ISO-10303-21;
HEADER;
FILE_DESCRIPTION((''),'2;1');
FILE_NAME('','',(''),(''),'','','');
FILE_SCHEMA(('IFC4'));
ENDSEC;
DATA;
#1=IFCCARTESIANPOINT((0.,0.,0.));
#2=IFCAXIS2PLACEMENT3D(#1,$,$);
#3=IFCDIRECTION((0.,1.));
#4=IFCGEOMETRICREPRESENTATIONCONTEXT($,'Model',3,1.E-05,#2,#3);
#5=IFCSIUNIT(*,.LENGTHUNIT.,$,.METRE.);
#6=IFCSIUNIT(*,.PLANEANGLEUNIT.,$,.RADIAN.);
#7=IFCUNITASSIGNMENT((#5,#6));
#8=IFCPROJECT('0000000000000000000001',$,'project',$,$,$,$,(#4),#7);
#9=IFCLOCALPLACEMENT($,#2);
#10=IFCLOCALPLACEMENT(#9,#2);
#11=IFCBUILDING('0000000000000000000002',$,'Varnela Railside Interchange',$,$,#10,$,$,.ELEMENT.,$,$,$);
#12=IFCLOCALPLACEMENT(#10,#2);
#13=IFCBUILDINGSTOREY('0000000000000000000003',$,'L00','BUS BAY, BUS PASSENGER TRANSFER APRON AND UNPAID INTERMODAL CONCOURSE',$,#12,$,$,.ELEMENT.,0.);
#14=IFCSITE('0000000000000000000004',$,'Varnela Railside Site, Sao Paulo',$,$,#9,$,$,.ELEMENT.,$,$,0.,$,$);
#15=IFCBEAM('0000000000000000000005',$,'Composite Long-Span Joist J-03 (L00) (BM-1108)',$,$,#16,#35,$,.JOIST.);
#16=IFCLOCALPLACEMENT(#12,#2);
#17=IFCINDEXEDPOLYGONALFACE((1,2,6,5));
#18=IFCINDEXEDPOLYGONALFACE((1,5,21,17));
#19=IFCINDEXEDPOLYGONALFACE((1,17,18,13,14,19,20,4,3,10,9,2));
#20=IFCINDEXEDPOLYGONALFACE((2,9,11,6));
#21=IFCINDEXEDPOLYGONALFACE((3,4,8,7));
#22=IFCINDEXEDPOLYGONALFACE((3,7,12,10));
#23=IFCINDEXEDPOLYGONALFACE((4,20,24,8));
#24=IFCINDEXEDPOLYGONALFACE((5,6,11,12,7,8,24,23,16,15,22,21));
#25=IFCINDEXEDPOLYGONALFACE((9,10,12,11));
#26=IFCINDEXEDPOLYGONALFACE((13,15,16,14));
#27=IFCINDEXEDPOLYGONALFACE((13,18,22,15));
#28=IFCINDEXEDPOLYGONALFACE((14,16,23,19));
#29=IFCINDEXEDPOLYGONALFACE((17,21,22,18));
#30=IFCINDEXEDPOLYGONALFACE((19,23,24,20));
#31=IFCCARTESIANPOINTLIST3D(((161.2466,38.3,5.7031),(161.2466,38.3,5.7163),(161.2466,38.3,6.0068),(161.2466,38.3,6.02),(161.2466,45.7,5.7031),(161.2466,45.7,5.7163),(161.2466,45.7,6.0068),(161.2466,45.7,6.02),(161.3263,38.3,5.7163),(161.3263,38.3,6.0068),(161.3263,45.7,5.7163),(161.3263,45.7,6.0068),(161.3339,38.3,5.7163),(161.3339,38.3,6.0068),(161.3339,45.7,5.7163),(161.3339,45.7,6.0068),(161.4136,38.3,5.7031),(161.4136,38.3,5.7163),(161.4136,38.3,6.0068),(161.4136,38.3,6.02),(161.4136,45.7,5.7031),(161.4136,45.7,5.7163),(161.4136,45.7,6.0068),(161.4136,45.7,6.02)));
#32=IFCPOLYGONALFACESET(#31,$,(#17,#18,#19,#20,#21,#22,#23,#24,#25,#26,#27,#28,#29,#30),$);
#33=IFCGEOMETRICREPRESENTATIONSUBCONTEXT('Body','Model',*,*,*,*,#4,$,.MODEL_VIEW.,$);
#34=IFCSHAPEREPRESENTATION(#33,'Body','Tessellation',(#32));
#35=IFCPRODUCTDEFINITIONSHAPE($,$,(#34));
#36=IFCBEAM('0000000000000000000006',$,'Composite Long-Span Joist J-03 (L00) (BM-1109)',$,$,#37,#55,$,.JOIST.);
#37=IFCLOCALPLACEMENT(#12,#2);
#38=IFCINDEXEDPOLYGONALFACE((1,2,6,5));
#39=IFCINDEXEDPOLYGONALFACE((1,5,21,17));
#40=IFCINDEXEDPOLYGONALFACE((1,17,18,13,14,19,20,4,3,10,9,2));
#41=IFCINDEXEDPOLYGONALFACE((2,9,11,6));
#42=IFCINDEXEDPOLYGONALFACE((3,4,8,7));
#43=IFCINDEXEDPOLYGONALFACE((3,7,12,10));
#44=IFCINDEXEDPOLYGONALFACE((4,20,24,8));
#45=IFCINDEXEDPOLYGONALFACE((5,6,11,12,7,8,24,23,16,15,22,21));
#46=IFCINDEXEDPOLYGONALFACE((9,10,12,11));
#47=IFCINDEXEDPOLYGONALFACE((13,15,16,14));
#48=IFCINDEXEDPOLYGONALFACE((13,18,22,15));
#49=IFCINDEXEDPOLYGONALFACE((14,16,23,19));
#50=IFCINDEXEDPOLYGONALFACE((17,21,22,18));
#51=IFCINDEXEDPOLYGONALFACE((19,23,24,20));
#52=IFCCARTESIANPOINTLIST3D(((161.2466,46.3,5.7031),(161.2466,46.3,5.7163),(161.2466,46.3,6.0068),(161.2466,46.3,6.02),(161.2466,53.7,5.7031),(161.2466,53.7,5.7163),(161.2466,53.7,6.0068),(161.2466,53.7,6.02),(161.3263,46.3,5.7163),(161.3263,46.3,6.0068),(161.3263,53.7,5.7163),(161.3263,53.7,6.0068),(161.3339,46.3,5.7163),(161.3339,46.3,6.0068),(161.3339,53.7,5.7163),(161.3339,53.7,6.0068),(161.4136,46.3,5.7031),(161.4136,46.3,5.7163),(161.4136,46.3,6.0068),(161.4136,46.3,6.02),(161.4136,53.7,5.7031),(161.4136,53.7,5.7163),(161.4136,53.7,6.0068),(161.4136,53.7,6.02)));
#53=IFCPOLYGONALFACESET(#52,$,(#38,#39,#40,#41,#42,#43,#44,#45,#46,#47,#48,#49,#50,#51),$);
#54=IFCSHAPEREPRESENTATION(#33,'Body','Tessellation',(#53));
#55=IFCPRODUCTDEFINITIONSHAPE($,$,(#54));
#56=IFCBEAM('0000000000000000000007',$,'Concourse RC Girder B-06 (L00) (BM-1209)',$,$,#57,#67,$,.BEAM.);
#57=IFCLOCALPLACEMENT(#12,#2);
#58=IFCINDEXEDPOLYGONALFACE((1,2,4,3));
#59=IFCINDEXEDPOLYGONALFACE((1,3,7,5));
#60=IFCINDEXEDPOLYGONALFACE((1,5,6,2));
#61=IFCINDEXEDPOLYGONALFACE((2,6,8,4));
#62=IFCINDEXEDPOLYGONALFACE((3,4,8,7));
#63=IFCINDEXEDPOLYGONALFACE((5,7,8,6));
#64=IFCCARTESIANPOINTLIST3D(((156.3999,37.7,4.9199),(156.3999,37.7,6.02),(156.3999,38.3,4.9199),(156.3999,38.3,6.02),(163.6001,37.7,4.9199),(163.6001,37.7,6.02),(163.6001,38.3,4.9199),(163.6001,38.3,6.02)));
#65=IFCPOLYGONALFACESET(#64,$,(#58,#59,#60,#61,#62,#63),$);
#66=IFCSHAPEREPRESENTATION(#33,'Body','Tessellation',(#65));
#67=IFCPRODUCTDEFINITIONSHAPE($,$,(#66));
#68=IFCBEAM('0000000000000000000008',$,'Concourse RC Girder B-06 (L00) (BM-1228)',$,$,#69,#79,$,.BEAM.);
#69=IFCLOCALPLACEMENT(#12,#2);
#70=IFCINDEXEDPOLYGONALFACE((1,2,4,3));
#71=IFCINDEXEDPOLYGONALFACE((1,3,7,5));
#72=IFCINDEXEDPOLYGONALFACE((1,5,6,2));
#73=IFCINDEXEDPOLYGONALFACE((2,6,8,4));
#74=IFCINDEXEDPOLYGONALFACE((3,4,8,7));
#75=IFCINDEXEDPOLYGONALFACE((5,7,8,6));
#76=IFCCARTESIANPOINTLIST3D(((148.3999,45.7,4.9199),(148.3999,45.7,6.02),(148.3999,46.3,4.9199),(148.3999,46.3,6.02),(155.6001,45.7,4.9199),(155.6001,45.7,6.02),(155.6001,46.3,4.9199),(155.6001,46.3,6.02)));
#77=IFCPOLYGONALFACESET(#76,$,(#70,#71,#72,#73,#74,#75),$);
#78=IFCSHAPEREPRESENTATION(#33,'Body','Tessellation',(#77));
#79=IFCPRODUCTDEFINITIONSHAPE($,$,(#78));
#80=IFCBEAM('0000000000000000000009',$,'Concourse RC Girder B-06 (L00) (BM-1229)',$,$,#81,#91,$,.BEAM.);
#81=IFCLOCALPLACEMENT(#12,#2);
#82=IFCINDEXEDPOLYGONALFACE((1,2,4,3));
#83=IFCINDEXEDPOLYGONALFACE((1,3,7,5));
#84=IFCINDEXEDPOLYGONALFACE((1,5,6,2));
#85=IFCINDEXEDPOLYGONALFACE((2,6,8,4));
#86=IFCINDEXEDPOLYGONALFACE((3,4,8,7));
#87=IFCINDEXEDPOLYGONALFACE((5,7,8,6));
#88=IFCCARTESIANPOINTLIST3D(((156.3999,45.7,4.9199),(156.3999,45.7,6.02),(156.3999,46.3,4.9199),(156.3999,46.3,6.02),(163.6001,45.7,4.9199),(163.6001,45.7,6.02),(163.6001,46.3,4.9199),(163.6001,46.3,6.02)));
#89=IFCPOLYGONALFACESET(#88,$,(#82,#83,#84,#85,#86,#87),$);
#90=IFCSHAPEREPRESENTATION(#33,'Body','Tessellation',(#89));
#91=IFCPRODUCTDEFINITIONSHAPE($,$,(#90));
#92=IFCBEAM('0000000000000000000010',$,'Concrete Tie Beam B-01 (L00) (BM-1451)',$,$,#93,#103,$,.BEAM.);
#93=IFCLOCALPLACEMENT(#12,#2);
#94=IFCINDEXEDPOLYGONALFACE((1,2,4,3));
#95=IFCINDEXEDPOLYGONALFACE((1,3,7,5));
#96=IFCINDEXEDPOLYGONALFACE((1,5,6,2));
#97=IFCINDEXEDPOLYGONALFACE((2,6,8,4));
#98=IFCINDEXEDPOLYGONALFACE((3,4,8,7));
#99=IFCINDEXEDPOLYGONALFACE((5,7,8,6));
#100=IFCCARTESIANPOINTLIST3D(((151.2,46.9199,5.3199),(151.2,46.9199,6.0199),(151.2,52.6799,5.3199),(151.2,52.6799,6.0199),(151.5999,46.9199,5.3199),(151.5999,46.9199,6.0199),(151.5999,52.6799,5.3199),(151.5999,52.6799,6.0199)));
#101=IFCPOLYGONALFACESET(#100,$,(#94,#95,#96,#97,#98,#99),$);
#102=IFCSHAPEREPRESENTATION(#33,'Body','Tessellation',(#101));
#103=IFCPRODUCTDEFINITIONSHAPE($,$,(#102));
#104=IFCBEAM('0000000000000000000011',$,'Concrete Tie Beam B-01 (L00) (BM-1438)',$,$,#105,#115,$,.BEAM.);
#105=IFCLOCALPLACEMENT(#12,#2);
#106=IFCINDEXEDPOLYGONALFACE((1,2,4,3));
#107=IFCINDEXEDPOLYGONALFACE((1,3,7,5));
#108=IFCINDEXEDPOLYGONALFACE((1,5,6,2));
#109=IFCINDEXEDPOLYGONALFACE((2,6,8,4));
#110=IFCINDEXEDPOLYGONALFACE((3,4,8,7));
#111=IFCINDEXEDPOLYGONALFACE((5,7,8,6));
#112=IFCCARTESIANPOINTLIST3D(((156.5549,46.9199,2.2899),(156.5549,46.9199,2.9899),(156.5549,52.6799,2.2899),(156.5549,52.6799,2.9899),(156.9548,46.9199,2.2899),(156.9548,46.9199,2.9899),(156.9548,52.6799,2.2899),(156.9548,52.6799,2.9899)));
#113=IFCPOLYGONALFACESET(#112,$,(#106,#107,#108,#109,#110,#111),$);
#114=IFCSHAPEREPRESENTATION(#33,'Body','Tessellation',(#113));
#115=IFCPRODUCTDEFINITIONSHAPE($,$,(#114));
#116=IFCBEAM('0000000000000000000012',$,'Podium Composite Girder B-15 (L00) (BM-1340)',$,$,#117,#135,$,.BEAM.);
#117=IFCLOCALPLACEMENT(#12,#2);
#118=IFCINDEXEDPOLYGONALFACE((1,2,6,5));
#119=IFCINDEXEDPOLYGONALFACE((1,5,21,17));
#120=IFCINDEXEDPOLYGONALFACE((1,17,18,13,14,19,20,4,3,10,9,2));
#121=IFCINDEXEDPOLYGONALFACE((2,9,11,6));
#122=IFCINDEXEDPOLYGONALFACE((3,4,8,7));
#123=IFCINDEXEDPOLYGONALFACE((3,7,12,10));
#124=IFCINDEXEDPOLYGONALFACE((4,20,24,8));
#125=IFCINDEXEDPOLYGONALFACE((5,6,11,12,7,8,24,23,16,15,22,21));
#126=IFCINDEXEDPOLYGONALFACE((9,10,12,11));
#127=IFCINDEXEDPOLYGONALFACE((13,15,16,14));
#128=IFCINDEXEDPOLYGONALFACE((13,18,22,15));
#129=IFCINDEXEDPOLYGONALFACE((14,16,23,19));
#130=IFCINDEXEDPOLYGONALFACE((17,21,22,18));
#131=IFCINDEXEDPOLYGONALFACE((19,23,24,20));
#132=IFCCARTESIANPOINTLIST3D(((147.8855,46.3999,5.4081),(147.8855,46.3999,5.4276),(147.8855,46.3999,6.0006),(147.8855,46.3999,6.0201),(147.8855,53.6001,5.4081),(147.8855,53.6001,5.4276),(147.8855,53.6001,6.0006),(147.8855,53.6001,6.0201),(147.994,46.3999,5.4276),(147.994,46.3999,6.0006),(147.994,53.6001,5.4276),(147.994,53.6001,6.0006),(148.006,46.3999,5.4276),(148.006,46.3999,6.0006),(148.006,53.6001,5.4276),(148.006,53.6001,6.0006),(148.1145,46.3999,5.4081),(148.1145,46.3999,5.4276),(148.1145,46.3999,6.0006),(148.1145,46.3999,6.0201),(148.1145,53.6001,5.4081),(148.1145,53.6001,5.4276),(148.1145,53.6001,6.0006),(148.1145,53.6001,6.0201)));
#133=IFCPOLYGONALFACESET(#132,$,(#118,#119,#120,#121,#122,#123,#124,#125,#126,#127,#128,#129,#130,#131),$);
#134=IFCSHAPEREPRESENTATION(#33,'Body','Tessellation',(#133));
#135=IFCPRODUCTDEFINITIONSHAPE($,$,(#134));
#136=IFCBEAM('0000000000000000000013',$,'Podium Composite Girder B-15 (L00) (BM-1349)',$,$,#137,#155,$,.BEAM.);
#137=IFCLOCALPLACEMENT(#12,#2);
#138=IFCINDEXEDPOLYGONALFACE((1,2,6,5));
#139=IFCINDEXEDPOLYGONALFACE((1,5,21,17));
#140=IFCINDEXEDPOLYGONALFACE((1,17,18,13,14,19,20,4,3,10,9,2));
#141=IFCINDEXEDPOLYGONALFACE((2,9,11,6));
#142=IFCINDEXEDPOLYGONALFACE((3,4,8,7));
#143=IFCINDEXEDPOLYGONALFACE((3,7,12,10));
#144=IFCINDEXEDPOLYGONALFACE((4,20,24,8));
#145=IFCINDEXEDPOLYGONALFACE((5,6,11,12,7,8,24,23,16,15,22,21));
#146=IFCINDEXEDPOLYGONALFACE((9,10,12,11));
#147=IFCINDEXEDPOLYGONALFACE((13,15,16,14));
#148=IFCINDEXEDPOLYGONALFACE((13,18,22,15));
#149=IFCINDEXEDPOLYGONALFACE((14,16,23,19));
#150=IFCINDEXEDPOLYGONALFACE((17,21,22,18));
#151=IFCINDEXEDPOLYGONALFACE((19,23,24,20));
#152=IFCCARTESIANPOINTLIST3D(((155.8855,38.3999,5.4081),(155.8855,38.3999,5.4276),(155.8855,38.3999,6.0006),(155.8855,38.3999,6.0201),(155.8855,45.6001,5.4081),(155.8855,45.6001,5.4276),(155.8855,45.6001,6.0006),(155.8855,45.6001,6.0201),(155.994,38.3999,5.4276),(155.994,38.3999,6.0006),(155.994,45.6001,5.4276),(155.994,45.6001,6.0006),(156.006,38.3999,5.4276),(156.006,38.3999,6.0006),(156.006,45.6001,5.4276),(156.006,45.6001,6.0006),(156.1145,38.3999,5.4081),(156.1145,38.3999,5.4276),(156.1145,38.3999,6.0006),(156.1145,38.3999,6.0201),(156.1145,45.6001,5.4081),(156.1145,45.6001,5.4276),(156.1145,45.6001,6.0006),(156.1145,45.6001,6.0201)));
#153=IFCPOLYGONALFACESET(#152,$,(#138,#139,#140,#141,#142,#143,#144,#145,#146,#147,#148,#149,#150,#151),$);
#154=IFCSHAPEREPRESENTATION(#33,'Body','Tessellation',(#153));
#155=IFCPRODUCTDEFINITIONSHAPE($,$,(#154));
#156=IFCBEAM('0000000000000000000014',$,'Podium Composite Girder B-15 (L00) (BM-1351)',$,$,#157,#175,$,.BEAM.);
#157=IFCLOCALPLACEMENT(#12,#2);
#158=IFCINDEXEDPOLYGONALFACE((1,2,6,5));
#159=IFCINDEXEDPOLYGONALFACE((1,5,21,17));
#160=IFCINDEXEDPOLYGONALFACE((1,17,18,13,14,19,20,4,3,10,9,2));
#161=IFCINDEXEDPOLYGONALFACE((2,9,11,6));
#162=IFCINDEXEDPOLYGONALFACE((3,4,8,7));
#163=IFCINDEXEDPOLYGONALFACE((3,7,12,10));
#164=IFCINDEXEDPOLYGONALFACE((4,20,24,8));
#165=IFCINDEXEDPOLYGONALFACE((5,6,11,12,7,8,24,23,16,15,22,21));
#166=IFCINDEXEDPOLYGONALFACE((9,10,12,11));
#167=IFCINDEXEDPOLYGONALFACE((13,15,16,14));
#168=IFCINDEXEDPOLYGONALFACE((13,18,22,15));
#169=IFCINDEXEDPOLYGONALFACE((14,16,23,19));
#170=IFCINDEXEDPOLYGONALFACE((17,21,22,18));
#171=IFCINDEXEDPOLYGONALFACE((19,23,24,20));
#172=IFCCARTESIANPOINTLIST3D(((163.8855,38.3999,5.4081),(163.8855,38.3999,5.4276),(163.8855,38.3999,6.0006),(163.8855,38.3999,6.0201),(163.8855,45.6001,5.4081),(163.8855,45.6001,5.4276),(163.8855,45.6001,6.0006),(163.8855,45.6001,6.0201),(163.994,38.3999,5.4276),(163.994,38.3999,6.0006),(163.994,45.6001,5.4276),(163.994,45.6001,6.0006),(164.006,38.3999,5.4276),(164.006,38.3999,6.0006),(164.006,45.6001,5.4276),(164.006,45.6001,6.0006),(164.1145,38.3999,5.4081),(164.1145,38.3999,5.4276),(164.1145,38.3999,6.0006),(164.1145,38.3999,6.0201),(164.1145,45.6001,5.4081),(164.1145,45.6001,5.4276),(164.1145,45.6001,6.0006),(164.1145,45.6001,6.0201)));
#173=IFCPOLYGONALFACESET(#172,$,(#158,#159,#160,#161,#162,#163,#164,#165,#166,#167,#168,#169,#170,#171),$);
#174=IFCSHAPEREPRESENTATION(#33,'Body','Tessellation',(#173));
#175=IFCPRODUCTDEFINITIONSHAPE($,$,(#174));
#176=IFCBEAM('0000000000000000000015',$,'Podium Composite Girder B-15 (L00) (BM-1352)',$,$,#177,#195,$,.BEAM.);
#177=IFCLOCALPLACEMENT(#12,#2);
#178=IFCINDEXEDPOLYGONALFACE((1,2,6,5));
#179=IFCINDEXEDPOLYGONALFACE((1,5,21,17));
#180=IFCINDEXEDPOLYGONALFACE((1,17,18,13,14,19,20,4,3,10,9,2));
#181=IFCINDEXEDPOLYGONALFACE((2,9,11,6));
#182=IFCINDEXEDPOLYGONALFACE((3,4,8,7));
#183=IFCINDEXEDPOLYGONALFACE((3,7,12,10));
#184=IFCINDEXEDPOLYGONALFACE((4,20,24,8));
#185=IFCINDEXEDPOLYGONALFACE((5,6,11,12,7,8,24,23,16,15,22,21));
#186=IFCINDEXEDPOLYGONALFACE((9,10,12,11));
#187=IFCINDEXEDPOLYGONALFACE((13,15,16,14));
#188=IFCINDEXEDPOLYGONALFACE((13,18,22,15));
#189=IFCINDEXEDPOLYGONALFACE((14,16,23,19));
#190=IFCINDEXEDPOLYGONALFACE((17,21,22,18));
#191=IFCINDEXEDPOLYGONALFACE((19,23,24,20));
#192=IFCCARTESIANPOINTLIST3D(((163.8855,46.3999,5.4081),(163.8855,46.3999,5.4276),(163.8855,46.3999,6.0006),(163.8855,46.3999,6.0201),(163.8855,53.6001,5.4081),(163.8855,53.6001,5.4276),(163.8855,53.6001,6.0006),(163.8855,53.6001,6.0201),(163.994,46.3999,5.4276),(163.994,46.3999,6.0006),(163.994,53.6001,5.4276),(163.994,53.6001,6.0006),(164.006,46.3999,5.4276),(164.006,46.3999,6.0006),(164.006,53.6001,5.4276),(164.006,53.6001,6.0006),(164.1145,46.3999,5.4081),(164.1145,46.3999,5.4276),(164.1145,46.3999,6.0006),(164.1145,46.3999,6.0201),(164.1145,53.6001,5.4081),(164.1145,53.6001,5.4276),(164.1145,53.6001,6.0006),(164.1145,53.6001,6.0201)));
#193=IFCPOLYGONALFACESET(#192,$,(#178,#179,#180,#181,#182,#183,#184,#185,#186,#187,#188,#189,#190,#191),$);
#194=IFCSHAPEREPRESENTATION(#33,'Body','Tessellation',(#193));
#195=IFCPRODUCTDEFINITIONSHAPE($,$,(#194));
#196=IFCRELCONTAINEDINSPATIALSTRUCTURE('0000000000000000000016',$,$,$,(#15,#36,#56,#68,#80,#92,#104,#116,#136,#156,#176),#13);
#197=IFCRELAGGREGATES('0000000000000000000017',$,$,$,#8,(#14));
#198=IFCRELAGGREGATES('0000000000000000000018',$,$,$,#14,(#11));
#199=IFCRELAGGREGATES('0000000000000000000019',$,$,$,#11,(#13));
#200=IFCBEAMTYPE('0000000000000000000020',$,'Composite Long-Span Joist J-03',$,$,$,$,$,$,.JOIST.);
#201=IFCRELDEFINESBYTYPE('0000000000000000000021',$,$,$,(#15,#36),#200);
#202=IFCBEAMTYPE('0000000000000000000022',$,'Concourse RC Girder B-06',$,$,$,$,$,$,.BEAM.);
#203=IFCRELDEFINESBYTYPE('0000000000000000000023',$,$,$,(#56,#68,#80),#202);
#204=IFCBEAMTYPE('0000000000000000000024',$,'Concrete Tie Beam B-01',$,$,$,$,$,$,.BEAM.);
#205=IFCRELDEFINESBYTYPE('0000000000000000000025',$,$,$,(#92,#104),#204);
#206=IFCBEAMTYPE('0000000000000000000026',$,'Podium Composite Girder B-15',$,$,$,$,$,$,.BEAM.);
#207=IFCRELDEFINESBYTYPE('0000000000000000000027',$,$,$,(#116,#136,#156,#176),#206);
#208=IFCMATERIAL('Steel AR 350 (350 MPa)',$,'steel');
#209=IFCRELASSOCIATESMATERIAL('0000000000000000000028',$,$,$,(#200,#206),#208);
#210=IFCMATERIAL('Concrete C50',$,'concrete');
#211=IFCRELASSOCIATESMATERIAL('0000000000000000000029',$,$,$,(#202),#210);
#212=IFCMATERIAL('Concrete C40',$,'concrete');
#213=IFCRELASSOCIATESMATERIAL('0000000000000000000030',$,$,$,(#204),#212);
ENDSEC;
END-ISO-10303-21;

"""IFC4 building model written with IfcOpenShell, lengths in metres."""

from ifc_helpers import new_model, si_unit, direction, frame, origin, origin_2d, place, context, subcontext, project, spatial, rectangle, i_section, extrude, material, material_profile, profile_set, type_object, element, save


model = new_model("IFC4")

# Units and contexts
model_context = context("Model", 3, precision=1e-05, world=origin(), true_north=direction((0.0, 1.0)))
body_context = subcontext(model_context, "Body", "Model", "MODEL_VIEW")
ifc_project = project(units=[si_unit("LENGTHUNIT", "METRE"), si_unit("PLANEANGLEUNIT", "RADIAN")], contexts=[model_context])

# Site, building, storey
site_placement = place(None, origin())
site = spatial("IfcSite", under=ifc_project, at=site_placement, Name="Varnela Railside Site, Sao Paulo", CompositionType="ELEMENT", RefElevation=0.0)
building_placement = place(site_placement, origin())
building = spatial("IfcBuilding", under=site, at=building_placement, Name="Varnela Railside Interchange", CompositionType="ELEMENT")
storey_placement = place(building_placement, origin())
storey = spatial("IfcBuildingStorey", under=building, at=storey_placement, Name="L00", Description="BUS BAY, BUS PASSENGER TRANSFER APRON AND UNPAID INTERMODAL CONCOURSE", CompositionType="ELEMENT", Elevation=0.0)

# Shared definitions
ifc_material_1 = material(Name="Concrete C50", Category="concrete")

# Beams
ifc_material_2 = material(Name="Steel AR 350 (350 MPa)", Category="steel")
ifc_material_profile_1 = material_profile(ifc_material_2, i_section(OverallWidth=0.167, OverallDepth=0.3169, WebThickness=0.0076, FlangeThickness=0.0132, at=origin_2d()), Name="W310x52")
ifc_profile_set_1 = profile_set([ifc_material_profile_1], Name="Steel AR 350 (350 MPa)")
beam_type_1 = type_object("IfcBeamType", Name="Composite Long-Span Joist J-03", PredefinedType="JOIST", material=ifc_profile_set_1)
for number, where, z_axis, x_axis, name in (
    (1, (161.3301, 38.3, 5.8616), (0.0, 1.0, 0.0), (-1.0, 0.0, 0.0), "Composite Long-Span Joist J-03 (L00) (BM-1108)"),
    (2, (161.3301, 46.3, 5.8616), (0.0, 1.0, 0.0), (-1.0, 0.0, 0.0), "Composite Long-Span Joist J-03 (L00) (BM-1109)"),
):
    element("IfcBeam", number, at=place(storey_placement, frame(where, z_axis=z_axis, x_axis=x_axis)), inside=storey, type_object=beam_type_1, Name=name, PredefinedType="JOIST", context=body_context, shape_type="SweptSolid", body=[
        extrude(i_section(OverallWidth=0.167, OverallDepth=0.3169, WebThickness=0.0076, FlangeThickness=0.0132, at=origin_2d()), origin(), (0.0, 0.0, 1.0), 7.3999),
    ])
ifc_material_profile_2 = material_profile(ifc_material_1, rectangle(XDim=0.6001, YDim=1.1001, at=origin_2d()), Name="RC 600x1100")
ifc_profile_set_2 = profile_set([ifc_material_profile_2], Name="Concrete C50")
beam_type_2 = type_object("IfcBeamType", Name="Concourse RC Girder B-06", PredefinedType="BEAM", material=ifc_profile_set_2)
for number, where, z_axis, x_axis, name in (
    (3, (156.3999, 38.0, 5.47), (1.0, 0.0, 0.0), (0.0, 1.0, 0.0), "Concourse RC Girder B-06 (L00) (BM-1209)"),
    (4, (148.3999, 46.0, 5.47), (1.0, 0.0, 0.0), (0.0, 1.0, 0.0), "Concourse RC Girder B-06 (L00) (BM-1228)"),
    (5, (156.3999, 46.0, 5.47), (1.0, 0.0, 0.0), (0.0, 1.0, 0.0), "Concourse RC Girder B-06 (L00) (BM-1229)"),
):
    element("IfcBeam", number, at=place(storey_placement, frame(where, z_axis=z_axis, x_axis=x_axis)), inside=storey, type_object=beam_type_2, Name=name, PredefinedType="BEAM", context=body_context, shape_type="SweptSolid", body=[
        extrude(rectangle(XDim=0.6001, YDim=1.1001, at=origin_2d()), origin(), (0.0, 0.0, 1.0), 7.2002),
    ])
ifc_material_3 = material(Name="Concrete C40", Category="concrete")
ifc_material_profile_3 = material_profile(ifc_material_3, rectangle(XDim=0.3999, YDim=0.7, at=origin_2d()), Name="RC 400x700")
ifc_profile_set_3 = profile_set([ifc_material_profile_3], Name="Concrete C40")
beam_type_3 = type_object("IfcBeamType", Name="Concrete Tie Beam B-01", PredefinedType="BEAM", material=ifc_profile_set_3)
for number, where, z_axis, x_axis, name in (
    (6, (151.3999, 46.9199, 5.6699), (0.0, 1.0, 0.0), (-1.0, 0.0, 0.0), "Concrete Tie Beam B-01 (L00) (BM-1451)"),
    (7, (156.7549, 46.9199, 2.6399), (0.0, 1.0, 0.0), (-1.0, 0.0, 0.0), "Concrete Tie Beam B-01 (L00) (BM-1438)"),
):
    element("IfcBeam", number, at=place(storey_placement, frame(where, z_axis=z_axis, x_axis=x_axis)), inside=storey, type_object=beam_type_3, Name=name, PredefinedType="BEAM", context=body_context, shape_type="SweptSolid", body=[
        extrude(rectangle(XDim=0.3999, YDim=0.7, at=origin_2d()), origin(), (0.0, 0.0, 1.0), 5.76),
    ])
ifc_material_profile_4 = material_profile(ifc_material_2, i_section(OverallWidth=0.229, OverallDepth=0.6121, WebThickness=0.012, FlangeThickness=0.0195, at=origin_2d()), Name="W610x125")
ifc_profile_set_4 = profile_set([ifc_material_profile_4], Name="Steel AR 350 (350 MPa)")
beam_type_4 = type_object("IfcBeamType", Name="Podium Composite Girder B-15", PredefinedType="BEAM", material=ifc_profile_set_4)
for number, where, z_axis, x_axis, name in (
    (8, (148.0, 46.3999, 5.7141), (0.0, 1.0, 0.0), (-1.0, 0.0, 0.0), "Podium Composite Girder B-15 (L00) (BM-1340)"),
    (9, (156.0, 38.3999, 5.7141), (0.0, 1.0, 0.0), (-1.0, 0.0, 0.0), "Podium Composite Girder B-15 (L00) (BM-1349)"),
    (10, (164.0, 38.3999, 5.7141), (0.0, 1.0, 0.0), (-1.0, 0.0, 0.0), "Podium Composite Girder B-15 (L00) (BM-1351)"),
    (11, (164.0, 46.3999, 5.7141), (0.0, 1.0, 0.0), (-1.0, 0.0, 0.0), "Podium Composite Girder B-15 (L00) (BM-1352)"),
):
    element("IfcBeam", number, at=place(storey_placement, frame(where, z_axis=z_axis, x_axis=x_axis)), inside=storey, type_object=beam_type_4, Name=name, PredefinedType="BEAM", context=body_context, shape_type="SweptSolid", body=[
        extrude(i_section(OverallWidth=0.229, OverallDepth=0.6121, WebThickness=0.012, FlangeThickness=0.0195, at=origin_2d()), origin(), (0.0, 0.0, 1.0), 7.2002),
    ])

save(model, "model.ifc")
